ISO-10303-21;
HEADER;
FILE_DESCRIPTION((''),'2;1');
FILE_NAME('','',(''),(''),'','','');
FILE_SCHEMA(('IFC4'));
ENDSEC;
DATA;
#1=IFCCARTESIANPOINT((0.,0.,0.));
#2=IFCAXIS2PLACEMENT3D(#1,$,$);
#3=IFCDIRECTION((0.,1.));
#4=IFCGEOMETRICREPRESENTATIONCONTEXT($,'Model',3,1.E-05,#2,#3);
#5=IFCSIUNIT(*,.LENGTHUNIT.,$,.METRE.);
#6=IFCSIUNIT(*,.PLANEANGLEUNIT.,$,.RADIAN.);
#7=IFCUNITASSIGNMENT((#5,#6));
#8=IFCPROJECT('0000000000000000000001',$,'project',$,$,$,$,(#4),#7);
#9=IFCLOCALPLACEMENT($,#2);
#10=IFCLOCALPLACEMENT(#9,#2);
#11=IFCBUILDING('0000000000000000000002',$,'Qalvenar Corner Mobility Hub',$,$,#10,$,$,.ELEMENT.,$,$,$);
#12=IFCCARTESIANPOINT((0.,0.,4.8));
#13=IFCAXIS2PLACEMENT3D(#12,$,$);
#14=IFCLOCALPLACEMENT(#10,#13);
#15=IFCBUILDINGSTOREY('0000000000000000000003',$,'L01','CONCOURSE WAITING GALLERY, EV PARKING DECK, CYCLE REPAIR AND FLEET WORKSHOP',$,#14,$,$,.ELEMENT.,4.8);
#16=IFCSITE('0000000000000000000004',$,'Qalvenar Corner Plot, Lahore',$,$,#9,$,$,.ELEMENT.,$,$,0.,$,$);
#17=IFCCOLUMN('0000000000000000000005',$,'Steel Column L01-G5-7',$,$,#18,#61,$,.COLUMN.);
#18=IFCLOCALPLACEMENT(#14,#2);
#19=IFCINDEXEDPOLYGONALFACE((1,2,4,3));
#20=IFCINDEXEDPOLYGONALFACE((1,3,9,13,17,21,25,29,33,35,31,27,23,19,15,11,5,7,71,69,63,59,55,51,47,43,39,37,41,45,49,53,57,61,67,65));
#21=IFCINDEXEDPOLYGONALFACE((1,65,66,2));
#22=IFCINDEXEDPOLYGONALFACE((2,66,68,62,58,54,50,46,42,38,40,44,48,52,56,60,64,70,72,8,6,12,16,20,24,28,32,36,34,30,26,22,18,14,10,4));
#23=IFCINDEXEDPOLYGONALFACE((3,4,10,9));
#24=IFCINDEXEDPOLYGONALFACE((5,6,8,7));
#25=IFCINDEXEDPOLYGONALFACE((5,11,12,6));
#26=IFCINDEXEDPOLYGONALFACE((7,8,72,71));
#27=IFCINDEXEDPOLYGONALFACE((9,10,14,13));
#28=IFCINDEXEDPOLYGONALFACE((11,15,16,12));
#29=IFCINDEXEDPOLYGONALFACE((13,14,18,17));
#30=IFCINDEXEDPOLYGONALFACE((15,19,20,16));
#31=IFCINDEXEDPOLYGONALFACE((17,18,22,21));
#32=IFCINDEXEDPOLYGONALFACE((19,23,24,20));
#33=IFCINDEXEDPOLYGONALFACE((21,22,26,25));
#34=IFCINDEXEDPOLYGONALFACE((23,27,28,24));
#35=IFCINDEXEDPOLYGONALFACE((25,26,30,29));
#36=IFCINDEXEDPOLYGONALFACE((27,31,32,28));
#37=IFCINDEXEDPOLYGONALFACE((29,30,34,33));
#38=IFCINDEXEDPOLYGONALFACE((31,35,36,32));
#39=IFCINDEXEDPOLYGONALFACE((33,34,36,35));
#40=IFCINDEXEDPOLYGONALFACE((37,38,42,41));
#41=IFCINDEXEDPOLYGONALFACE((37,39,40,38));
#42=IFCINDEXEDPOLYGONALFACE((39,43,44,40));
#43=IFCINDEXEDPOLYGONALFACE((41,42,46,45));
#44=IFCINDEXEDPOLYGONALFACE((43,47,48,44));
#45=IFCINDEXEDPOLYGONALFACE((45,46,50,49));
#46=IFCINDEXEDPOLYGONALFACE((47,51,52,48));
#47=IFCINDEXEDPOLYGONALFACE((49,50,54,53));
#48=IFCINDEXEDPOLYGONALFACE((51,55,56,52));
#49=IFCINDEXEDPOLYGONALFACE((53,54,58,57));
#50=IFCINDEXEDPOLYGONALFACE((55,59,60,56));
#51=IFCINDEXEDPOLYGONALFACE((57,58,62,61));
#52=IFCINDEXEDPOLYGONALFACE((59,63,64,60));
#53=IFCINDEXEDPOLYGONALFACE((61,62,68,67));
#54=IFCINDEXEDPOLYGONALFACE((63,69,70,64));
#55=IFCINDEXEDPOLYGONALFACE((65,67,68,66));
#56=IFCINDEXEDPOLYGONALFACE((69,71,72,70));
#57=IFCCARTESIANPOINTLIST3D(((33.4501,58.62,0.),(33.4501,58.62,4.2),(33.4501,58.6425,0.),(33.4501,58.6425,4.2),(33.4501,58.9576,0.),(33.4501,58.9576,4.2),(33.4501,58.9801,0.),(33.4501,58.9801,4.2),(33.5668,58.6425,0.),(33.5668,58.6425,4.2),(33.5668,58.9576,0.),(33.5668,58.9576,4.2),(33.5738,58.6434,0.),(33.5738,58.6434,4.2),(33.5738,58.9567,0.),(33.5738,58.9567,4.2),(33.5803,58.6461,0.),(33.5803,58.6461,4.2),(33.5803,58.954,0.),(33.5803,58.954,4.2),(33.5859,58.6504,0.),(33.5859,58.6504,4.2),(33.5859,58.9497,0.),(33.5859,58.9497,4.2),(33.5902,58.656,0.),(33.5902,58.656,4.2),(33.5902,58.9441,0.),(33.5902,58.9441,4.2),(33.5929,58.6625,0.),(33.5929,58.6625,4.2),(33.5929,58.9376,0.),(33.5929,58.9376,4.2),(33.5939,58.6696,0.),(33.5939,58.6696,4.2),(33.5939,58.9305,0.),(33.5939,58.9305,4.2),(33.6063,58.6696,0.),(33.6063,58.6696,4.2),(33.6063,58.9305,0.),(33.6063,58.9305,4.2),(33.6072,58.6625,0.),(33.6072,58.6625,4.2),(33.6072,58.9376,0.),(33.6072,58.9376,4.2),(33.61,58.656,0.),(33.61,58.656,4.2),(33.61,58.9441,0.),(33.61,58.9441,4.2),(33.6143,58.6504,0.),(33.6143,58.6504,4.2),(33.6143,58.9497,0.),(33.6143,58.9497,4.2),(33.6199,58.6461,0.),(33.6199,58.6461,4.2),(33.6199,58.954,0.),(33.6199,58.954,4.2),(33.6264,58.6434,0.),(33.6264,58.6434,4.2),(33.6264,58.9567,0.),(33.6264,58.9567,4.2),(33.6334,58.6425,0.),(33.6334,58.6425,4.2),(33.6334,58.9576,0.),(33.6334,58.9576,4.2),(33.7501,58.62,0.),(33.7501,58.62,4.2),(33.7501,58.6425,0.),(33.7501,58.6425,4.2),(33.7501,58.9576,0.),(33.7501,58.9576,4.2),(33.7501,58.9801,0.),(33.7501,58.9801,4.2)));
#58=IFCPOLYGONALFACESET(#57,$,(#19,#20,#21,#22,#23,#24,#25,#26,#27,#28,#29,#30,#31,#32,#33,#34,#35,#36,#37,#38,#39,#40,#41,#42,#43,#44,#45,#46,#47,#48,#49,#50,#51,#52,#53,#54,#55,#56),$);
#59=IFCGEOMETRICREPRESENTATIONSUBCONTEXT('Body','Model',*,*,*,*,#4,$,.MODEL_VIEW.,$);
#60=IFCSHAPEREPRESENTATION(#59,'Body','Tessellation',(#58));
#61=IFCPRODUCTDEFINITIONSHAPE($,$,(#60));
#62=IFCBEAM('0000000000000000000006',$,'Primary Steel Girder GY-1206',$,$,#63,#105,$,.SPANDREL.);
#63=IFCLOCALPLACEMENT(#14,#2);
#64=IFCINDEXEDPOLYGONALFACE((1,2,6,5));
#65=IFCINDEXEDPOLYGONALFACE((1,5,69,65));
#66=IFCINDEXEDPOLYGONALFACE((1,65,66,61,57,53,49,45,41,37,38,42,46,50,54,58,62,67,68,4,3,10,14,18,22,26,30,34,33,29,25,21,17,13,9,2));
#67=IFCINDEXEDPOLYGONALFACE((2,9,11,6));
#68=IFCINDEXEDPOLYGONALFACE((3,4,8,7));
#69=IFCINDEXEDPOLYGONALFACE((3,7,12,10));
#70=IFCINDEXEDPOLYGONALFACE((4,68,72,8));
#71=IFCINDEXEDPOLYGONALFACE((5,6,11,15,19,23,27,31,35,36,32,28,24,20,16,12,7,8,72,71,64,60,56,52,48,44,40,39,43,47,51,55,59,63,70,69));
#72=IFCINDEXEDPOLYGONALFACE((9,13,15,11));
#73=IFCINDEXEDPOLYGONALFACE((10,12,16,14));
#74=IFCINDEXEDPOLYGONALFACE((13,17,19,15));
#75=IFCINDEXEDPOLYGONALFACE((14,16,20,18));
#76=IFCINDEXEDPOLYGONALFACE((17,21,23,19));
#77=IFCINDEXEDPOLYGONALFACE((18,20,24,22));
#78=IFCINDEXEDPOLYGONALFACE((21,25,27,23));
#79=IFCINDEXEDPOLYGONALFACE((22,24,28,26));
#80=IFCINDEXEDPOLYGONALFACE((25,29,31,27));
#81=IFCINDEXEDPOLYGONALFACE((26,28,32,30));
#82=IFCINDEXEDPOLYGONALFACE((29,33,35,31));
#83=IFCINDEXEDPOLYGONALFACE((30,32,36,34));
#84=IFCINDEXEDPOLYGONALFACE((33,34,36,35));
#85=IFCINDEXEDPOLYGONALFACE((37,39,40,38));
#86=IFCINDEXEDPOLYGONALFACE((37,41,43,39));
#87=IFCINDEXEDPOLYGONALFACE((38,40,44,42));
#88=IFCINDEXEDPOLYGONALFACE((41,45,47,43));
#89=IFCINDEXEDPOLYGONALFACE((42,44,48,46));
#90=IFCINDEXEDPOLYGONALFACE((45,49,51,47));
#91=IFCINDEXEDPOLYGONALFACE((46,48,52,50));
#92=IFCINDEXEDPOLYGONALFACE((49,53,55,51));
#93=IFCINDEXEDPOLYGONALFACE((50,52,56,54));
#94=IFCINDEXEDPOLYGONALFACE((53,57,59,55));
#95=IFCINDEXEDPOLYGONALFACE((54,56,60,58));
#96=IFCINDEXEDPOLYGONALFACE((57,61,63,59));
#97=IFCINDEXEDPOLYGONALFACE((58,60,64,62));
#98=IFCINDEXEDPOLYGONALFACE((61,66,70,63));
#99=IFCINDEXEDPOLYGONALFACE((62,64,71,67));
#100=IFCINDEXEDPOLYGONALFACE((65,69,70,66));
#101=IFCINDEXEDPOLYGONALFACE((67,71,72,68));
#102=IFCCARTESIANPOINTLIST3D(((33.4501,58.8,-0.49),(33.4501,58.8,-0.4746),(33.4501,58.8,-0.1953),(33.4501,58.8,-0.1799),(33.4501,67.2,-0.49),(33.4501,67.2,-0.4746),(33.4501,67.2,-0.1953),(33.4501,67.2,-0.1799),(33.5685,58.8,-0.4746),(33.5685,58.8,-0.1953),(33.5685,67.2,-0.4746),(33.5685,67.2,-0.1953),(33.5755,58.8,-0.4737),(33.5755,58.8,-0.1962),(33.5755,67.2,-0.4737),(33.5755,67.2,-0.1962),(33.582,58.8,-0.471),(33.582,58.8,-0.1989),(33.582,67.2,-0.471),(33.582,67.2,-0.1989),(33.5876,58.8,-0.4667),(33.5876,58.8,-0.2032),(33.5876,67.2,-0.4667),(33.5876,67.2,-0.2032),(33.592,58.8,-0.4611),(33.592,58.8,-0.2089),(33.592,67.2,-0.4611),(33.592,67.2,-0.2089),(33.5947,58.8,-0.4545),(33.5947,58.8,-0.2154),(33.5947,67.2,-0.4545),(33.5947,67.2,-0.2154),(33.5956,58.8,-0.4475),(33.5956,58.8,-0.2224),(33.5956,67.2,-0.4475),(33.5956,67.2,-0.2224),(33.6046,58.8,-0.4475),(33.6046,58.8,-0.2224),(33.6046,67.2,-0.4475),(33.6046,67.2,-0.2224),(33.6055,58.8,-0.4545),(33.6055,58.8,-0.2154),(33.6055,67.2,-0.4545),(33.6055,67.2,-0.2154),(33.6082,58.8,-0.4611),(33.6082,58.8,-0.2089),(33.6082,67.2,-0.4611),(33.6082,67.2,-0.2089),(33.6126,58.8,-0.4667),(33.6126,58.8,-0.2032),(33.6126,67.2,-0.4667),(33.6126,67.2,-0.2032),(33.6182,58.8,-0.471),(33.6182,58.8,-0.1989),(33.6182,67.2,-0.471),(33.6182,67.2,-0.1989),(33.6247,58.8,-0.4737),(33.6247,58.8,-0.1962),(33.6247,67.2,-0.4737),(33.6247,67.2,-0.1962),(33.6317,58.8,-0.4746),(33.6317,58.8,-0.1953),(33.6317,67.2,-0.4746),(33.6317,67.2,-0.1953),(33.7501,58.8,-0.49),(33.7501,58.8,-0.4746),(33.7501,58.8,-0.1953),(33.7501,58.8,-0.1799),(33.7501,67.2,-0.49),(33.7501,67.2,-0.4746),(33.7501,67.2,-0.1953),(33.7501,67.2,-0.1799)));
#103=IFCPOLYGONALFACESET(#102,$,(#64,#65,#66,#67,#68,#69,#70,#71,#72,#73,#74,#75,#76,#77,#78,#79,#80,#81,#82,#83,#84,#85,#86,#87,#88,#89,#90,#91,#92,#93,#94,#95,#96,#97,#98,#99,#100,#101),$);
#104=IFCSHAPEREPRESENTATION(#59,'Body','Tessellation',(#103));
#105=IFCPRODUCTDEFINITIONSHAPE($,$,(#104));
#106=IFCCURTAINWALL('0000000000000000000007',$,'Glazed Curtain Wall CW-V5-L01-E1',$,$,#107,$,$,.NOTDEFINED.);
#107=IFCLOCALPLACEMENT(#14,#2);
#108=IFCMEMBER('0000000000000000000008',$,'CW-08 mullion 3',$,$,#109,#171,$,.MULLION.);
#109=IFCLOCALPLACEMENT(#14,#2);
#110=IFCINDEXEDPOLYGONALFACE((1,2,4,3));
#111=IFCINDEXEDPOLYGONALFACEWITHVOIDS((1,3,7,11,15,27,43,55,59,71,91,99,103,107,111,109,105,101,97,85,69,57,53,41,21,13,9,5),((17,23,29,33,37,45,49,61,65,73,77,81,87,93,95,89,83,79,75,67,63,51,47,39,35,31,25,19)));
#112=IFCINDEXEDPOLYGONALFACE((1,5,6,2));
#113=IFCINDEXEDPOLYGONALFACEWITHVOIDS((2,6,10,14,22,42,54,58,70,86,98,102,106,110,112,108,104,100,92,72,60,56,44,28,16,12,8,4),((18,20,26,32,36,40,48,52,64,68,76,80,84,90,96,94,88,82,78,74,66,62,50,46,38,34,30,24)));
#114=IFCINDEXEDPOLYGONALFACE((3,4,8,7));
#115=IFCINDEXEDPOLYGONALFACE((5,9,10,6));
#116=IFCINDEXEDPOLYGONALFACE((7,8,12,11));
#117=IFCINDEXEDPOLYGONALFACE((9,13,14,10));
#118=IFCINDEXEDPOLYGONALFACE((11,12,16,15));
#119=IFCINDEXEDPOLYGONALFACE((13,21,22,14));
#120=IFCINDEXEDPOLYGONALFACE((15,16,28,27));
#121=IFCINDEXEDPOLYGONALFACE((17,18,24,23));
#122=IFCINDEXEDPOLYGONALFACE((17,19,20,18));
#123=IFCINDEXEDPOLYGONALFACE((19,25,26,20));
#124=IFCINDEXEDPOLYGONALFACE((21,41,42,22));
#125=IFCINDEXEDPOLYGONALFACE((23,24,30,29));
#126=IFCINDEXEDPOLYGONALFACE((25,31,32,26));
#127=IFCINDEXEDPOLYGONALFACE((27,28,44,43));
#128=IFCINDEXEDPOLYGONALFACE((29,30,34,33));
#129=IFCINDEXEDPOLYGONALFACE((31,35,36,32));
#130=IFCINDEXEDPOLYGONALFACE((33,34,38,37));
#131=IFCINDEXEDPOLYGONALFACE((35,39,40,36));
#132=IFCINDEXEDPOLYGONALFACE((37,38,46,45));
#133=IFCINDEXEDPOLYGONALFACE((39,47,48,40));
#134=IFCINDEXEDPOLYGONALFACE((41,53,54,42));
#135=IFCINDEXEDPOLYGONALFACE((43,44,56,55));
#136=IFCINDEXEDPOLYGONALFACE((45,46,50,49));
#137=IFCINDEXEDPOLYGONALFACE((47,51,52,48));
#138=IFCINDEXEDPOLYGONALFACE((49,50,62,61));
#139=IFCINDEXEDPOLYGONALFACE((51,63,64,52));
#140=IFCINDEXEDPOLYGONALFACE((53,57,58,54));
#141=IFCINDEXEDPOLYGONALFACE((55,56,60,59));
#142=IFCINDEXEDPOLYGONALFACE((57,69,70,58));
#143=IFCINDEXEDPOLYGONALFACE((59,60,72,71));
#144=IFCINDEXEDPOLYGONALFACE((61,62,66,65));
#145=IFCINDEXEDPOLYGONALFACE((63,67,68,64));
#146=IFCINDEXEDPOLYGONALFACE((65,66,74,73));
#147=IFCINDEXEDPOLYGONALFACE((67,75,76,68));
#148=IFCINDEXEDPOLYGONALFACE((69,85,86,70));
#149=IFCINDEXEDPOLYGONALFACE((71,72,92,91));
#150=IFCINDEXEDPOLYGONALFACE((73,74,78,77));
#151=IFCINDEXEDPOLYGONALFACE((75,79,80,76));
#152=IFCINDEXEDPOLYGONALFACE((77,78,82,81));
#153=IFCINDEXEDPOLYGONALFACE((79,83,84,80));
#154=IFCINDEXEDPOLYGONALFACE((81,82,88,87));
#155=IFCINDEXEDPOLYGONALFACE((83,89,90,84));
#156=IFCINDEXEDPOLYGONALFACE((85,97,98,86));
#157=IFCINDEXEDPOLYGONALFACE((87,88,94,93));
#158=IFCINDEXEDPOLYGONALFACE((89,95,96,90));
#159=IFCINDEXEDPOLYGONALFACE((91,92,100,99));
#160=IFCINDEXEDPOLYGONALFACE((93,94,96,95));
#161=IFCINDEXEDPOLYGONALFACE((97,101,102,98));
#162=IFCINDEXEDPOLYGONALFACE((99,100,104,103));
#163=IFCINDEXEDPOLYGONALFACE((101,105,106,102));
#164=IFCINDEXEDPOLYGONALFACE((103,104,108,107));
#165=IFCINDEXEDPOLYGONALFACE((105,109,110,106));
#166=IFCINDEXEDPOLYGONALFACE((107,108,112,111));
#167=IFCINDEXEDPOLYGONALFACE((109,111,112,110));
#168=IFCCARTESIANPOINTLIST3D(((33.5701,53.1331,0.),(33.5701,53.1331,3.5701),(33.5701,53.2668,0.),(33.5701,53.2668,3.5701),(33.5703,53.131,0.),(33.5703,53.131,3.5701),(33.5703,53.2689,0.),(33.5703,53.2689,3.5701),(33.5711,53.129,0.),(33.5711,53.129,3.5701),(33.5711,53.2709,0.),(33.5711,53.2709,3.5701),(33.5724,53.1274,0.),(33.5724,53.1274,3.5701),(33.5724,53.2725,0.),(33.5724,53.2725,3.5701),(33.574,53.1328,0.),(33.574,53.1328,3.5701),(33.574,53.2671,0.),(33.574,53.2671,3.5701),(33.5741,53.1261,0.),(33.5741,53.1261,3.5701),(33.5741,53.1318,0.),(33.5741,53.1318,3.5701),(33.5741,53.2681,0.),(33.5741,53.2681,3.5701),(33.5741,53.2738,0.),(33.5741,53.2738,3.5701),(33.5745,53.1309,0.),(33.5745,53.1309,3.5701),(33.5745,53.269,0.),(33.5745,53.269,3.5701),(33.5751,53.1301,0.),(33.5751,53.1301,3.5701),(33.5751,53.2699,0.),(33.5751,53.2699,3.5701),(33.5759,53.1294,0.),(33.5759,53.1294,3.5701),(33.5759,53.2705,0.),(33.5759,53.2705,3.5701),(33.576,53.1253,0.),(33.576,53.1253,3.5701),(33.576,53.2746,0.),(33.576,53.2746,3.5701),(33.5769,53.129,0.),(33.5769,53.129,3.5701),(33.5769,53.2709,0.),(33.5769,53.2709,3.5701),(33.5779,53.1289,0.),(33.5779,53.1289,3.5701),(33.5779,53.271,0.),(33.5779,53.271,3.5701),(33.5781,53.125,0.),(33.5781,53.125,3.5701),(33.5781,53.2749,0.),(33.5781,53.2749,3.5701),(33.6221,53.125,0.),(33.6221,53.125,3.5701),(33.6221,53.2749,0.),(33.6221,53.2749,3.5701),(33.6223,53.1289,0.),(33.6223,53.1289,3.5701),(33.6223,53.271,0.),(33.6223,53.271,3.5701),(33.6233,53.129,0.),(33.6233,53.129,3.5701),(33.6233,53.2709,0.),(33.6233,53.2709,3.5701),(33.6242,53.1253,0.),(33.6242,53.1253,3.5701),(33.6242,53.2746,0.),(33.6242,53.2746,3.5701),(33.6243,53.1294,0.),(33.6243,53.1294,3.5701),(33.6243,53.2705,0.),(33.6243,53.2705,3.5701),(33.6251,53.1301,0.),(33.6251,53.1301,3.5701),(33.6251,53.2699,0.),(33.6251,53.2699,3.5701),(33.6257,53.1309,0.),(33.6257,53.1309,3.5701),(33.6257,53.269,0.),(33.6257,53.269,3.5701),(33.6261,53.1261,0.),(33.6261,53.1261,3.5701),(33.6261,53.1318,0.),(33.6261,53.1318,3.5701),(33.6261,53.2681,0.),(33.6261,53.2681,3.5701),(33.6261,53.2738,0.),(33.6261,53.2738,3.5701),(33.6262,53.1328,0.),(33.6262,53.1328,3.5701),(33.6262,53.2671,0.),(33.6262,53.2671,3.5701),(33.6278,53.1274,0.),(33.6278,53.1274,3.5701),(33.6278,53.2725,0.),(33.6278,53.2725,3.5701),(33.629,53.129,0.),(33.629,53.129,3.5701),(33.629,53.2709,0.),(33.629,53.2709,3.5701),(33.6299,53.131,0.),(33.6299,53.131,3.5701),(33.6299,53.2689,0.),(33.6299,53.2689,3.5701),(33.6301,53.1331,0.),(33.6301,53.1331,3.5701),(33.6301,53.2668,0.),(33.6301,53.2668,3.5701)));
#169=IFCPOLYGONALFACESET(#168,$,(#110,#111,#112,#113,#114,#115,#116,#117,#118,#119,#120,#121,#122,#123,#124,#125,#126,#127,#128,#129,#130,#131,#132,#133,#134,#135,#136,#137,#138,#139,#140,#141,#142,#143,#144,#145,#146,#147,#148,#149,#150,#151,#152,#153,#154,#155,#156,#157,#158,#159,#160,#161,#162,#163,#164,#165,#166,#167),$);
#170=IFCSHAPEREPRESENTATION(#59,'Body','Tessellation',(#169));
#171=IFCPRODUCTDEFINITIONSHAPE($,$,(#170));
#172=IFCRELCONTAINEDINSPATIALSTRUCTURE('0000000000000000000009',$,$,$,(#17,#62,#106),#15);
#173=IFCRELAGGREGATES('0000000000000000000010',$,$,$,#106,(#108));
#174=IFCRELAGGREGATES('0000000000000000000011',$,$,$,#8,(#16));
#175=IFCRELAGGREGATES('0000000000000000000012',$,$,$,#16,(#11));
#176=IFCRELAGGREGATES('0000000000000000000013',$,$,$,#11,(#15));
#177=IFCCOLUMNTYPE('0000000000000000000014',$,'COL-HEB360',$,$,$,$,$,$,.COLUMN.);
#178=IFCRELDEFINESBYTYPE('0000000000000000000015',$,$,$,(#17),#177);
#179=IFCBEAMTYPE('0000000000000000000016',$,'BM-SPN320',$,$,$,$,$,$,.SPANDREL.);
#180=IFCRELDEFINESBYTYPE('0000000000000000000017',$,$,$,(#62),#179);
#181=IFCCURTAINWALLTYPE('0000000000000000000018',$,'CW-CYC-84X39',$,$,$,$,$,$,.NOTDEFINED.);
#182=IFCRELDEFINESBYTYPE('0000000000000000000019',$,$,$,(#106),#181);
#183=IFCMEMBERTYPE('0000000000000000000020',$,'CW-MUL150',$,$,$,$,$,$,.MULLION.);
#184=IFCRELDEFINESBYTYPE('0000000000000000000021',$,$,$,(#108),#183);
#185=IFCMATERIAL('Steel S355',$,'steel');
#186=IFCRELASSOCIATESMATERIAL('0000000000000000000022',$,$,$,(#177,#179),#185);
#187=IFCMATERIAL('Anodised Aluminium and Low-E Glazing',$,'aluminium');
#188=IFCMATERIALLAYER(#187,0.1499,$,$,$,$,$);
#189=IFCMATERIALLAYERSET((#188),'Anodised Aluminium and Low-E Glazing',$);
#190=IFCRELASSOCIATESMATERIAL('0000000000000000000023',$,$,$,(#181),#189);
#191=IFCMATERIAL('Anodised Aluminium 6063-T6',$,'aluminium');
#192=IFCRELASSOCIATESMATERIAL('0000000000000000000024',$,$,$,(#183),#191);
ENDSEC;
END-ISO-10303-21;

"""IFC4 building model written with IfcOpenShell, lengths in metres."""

from ifc_helpers import new_model, si_unit, direction, frame, origin, origin_2d, place, context, subcontext, project, spatial, hollow_rectangle, i_section, extrude, material, layer, layer_set, material_profile, profile_set, type_object, element, aggregate, save


model = new_model("IFC4")

# Units and contexts
model_context = context("Model", 3, precision=1e-05, world=origin(), true_north=direction((0.0, 1.0)))
body_context = subcontext(model_context, "Body", "Model", "MODEL_VIEW")
ifc_project = project(units=[si_unit("LENGTHUNIT", "METRE"), si_unit("PLANEANGLEUNIT", "RADIAN")], contexts=[model_context])

# Site, building, storey
site_placement = place(None, origin())
site = spatial("IfcSite", under=ifc_project, at=site_placement, Name="Qalvenar Corner Plot, Lahore", CompositionType="ELEMENT", RefElevation=0.0)
building_placement = place(site_placement, origin())
building = spatial("IfcBuilding", under=site, at=building_placement, Name="Qalvenar Corner Mobility Hub", CompositionType="ELEMENT")
storey_placement = place(building_placement, frame((0.0, 0.0, 4.8)))
storey = spatial("IfcBuildingStorey", under=building, at=storey_placement, Name="L01", Description="CONCOURSE WAITING GALLERY, EV PARKING DECK, CYCLE REPAIR AND FLEET WORKSHOP", CompositionType="ELEMENT", Elevation=4.8)

# Column
ifc_material_1 = material(Name="Steel S355", Category="steel")
ifc_material_profile_1 = material_profile(ifc_material_1, i_section(OverallWidth=0.3, OverallDepth=0.3601, WebThickness=0.0125, FlangeThickness=0.0225, FilletRadius=0.0271, at=origin_2d()), Name="HEB360")
ifc_profile_set_1 = profile_set([ifc_material_profile_1], Name="Steel S355")
column_type = type_object("IfcColumnType", Name="COL-HEB360", PredefinedType="COLUMN", material=ifc_profile_set_1)
column_placement = place(storey_placement, frame((33.6001, 58.8, 0.0), z_axis=(0.0, 0.0, 1.0), x_axis=(1.0, 0.0, 0.0)))
element("IfcColumn", 1, at=column_placement, inside=storey, type_object=column_type, Name="Steel Column L01-G5-7", PredefinedType="COLUMN", context=body_context, shape_type="SweptSolid", body=[
    extrude(i_section(OverallWidth=0.3, OverallDepth=0.3601, WebThickness=0.0125, FlangeThickness=0.0225, FilletRadius=0.0271, at=origin_2d()), origin(), (0.0, 0.0, 1.0), 4.2),
])

# Beam
ifc_material_profile_2 = material_profile(ifc_material_1, i_section(OverallWidth=0.3, OverallDepth=0.3101, WebThickness=0.009, FlangeThickness=0.0154, FilletRadius=0.0271, at=origin_2d()), Name="HEA320")
ifc_profile_set_2 = profile_set([ifc_material_profile_2], Name="Steel S355")
beam_type = type_object("IfcBeamType", Name="BM-SPN320", PredefinedType="SPANDREL", material=ifc_profile_set_2)
beam_placement = place(storey_placement, frame((33.6001, 58.8, -0.335), z_axis=(0.0, 1.0, 0.0), x_axis=(-1.0, 0.0, 0.0)))
element("IfcBeam", 2, at=beam_placement, inside=storey, type_object=beam_type, Name="Primary Steel Girder GY-1206", PredefinedType="SPANDREL", context=body_context, shape_type="SweptSolid", body=[
    extrude(i_section(OverallWidth=0.3, OverallDepth=0.3101, WebThickness=0.009, FlangeThickness=0.0154, FilletRadius=0.0271, at=origin_2d()), origin(), (0.0, 0.0, 1.0), 8.3999),
])

# Curtain wall, member
ifc_material_2 = material(Name="Anodised Aluminium and Low-E Glazing", Category="aluminium")
ifc_layer_1 = layer(ifc_material_2, 0.1499)
ifc_layer_set_1 = layer_set([ifc_layer_1], Name="Anodised Aluminium and Low-E Glazing")
curtain_wall_type = type_object("IfcCurtainWallType", Name="CW-CYC-84X39", PredefinedType="NOTDEFINED", material=ifc_layer_set_1)
curtain_wall_placement = place(storey_placement, origin())
curtain_wall = element("IfcCurtainWall", 3, at=curtain_wall_placement, inside=storey, type_object=curtain_wall_type, Name="Glazed Curtain Wall CW-V5-L01-E1", PredefinedType="NOTDEFINED")
ifc_material_3 = material(Name="Anodised Aluminium 6063-T6", Category="aluminium")
ifc_material_profile_3 = material_profile(ifc_material_3, hollow_rectangle(XDim=0.0601, YDim=0.1499, WallThickness=0.0039, InnerFilletRadius=0.0039, OuterFilletRadius=0.0081, at=origin_2d()), Name="RHS150x60x4")
ifc_profile_set_3 = profile_set([ifc_material_profile_3], Name="Anodised Aluminium 6063-T6")
member_type_1 = type_object("IfcMemberType", Name="CW-MUL150", PredefinedType="MULLION", material=ifc_profile_set_3)
member_1_placement = place(storey_placement, frame((33.6001, 53.2, 0.0), z_axis=(0.0, 0.0, 1.0), x_axis=(-1.0, 0.0, 0.0)))
member_1 = element("IfcMember", 4, at=member_1_placement, type_object=member_type_1, Name="CW-08 mullion 3", PredefinedType="MULLION", context=body_context, shape_type="SweptSolid", body=[
    extrude(hollow_rectangle(XDim=0.0601, YDim=0.1499, WallThickness=0.0039, InnerFilletRadius=0.0039, OuterFilletRadius=0.0081, at=origin_2d()), origin(), (0.0, 0.0, 1.0), 3.5701),
])
aggregate(curtain_wall, [member_1])

save(model, "model.ifc")
